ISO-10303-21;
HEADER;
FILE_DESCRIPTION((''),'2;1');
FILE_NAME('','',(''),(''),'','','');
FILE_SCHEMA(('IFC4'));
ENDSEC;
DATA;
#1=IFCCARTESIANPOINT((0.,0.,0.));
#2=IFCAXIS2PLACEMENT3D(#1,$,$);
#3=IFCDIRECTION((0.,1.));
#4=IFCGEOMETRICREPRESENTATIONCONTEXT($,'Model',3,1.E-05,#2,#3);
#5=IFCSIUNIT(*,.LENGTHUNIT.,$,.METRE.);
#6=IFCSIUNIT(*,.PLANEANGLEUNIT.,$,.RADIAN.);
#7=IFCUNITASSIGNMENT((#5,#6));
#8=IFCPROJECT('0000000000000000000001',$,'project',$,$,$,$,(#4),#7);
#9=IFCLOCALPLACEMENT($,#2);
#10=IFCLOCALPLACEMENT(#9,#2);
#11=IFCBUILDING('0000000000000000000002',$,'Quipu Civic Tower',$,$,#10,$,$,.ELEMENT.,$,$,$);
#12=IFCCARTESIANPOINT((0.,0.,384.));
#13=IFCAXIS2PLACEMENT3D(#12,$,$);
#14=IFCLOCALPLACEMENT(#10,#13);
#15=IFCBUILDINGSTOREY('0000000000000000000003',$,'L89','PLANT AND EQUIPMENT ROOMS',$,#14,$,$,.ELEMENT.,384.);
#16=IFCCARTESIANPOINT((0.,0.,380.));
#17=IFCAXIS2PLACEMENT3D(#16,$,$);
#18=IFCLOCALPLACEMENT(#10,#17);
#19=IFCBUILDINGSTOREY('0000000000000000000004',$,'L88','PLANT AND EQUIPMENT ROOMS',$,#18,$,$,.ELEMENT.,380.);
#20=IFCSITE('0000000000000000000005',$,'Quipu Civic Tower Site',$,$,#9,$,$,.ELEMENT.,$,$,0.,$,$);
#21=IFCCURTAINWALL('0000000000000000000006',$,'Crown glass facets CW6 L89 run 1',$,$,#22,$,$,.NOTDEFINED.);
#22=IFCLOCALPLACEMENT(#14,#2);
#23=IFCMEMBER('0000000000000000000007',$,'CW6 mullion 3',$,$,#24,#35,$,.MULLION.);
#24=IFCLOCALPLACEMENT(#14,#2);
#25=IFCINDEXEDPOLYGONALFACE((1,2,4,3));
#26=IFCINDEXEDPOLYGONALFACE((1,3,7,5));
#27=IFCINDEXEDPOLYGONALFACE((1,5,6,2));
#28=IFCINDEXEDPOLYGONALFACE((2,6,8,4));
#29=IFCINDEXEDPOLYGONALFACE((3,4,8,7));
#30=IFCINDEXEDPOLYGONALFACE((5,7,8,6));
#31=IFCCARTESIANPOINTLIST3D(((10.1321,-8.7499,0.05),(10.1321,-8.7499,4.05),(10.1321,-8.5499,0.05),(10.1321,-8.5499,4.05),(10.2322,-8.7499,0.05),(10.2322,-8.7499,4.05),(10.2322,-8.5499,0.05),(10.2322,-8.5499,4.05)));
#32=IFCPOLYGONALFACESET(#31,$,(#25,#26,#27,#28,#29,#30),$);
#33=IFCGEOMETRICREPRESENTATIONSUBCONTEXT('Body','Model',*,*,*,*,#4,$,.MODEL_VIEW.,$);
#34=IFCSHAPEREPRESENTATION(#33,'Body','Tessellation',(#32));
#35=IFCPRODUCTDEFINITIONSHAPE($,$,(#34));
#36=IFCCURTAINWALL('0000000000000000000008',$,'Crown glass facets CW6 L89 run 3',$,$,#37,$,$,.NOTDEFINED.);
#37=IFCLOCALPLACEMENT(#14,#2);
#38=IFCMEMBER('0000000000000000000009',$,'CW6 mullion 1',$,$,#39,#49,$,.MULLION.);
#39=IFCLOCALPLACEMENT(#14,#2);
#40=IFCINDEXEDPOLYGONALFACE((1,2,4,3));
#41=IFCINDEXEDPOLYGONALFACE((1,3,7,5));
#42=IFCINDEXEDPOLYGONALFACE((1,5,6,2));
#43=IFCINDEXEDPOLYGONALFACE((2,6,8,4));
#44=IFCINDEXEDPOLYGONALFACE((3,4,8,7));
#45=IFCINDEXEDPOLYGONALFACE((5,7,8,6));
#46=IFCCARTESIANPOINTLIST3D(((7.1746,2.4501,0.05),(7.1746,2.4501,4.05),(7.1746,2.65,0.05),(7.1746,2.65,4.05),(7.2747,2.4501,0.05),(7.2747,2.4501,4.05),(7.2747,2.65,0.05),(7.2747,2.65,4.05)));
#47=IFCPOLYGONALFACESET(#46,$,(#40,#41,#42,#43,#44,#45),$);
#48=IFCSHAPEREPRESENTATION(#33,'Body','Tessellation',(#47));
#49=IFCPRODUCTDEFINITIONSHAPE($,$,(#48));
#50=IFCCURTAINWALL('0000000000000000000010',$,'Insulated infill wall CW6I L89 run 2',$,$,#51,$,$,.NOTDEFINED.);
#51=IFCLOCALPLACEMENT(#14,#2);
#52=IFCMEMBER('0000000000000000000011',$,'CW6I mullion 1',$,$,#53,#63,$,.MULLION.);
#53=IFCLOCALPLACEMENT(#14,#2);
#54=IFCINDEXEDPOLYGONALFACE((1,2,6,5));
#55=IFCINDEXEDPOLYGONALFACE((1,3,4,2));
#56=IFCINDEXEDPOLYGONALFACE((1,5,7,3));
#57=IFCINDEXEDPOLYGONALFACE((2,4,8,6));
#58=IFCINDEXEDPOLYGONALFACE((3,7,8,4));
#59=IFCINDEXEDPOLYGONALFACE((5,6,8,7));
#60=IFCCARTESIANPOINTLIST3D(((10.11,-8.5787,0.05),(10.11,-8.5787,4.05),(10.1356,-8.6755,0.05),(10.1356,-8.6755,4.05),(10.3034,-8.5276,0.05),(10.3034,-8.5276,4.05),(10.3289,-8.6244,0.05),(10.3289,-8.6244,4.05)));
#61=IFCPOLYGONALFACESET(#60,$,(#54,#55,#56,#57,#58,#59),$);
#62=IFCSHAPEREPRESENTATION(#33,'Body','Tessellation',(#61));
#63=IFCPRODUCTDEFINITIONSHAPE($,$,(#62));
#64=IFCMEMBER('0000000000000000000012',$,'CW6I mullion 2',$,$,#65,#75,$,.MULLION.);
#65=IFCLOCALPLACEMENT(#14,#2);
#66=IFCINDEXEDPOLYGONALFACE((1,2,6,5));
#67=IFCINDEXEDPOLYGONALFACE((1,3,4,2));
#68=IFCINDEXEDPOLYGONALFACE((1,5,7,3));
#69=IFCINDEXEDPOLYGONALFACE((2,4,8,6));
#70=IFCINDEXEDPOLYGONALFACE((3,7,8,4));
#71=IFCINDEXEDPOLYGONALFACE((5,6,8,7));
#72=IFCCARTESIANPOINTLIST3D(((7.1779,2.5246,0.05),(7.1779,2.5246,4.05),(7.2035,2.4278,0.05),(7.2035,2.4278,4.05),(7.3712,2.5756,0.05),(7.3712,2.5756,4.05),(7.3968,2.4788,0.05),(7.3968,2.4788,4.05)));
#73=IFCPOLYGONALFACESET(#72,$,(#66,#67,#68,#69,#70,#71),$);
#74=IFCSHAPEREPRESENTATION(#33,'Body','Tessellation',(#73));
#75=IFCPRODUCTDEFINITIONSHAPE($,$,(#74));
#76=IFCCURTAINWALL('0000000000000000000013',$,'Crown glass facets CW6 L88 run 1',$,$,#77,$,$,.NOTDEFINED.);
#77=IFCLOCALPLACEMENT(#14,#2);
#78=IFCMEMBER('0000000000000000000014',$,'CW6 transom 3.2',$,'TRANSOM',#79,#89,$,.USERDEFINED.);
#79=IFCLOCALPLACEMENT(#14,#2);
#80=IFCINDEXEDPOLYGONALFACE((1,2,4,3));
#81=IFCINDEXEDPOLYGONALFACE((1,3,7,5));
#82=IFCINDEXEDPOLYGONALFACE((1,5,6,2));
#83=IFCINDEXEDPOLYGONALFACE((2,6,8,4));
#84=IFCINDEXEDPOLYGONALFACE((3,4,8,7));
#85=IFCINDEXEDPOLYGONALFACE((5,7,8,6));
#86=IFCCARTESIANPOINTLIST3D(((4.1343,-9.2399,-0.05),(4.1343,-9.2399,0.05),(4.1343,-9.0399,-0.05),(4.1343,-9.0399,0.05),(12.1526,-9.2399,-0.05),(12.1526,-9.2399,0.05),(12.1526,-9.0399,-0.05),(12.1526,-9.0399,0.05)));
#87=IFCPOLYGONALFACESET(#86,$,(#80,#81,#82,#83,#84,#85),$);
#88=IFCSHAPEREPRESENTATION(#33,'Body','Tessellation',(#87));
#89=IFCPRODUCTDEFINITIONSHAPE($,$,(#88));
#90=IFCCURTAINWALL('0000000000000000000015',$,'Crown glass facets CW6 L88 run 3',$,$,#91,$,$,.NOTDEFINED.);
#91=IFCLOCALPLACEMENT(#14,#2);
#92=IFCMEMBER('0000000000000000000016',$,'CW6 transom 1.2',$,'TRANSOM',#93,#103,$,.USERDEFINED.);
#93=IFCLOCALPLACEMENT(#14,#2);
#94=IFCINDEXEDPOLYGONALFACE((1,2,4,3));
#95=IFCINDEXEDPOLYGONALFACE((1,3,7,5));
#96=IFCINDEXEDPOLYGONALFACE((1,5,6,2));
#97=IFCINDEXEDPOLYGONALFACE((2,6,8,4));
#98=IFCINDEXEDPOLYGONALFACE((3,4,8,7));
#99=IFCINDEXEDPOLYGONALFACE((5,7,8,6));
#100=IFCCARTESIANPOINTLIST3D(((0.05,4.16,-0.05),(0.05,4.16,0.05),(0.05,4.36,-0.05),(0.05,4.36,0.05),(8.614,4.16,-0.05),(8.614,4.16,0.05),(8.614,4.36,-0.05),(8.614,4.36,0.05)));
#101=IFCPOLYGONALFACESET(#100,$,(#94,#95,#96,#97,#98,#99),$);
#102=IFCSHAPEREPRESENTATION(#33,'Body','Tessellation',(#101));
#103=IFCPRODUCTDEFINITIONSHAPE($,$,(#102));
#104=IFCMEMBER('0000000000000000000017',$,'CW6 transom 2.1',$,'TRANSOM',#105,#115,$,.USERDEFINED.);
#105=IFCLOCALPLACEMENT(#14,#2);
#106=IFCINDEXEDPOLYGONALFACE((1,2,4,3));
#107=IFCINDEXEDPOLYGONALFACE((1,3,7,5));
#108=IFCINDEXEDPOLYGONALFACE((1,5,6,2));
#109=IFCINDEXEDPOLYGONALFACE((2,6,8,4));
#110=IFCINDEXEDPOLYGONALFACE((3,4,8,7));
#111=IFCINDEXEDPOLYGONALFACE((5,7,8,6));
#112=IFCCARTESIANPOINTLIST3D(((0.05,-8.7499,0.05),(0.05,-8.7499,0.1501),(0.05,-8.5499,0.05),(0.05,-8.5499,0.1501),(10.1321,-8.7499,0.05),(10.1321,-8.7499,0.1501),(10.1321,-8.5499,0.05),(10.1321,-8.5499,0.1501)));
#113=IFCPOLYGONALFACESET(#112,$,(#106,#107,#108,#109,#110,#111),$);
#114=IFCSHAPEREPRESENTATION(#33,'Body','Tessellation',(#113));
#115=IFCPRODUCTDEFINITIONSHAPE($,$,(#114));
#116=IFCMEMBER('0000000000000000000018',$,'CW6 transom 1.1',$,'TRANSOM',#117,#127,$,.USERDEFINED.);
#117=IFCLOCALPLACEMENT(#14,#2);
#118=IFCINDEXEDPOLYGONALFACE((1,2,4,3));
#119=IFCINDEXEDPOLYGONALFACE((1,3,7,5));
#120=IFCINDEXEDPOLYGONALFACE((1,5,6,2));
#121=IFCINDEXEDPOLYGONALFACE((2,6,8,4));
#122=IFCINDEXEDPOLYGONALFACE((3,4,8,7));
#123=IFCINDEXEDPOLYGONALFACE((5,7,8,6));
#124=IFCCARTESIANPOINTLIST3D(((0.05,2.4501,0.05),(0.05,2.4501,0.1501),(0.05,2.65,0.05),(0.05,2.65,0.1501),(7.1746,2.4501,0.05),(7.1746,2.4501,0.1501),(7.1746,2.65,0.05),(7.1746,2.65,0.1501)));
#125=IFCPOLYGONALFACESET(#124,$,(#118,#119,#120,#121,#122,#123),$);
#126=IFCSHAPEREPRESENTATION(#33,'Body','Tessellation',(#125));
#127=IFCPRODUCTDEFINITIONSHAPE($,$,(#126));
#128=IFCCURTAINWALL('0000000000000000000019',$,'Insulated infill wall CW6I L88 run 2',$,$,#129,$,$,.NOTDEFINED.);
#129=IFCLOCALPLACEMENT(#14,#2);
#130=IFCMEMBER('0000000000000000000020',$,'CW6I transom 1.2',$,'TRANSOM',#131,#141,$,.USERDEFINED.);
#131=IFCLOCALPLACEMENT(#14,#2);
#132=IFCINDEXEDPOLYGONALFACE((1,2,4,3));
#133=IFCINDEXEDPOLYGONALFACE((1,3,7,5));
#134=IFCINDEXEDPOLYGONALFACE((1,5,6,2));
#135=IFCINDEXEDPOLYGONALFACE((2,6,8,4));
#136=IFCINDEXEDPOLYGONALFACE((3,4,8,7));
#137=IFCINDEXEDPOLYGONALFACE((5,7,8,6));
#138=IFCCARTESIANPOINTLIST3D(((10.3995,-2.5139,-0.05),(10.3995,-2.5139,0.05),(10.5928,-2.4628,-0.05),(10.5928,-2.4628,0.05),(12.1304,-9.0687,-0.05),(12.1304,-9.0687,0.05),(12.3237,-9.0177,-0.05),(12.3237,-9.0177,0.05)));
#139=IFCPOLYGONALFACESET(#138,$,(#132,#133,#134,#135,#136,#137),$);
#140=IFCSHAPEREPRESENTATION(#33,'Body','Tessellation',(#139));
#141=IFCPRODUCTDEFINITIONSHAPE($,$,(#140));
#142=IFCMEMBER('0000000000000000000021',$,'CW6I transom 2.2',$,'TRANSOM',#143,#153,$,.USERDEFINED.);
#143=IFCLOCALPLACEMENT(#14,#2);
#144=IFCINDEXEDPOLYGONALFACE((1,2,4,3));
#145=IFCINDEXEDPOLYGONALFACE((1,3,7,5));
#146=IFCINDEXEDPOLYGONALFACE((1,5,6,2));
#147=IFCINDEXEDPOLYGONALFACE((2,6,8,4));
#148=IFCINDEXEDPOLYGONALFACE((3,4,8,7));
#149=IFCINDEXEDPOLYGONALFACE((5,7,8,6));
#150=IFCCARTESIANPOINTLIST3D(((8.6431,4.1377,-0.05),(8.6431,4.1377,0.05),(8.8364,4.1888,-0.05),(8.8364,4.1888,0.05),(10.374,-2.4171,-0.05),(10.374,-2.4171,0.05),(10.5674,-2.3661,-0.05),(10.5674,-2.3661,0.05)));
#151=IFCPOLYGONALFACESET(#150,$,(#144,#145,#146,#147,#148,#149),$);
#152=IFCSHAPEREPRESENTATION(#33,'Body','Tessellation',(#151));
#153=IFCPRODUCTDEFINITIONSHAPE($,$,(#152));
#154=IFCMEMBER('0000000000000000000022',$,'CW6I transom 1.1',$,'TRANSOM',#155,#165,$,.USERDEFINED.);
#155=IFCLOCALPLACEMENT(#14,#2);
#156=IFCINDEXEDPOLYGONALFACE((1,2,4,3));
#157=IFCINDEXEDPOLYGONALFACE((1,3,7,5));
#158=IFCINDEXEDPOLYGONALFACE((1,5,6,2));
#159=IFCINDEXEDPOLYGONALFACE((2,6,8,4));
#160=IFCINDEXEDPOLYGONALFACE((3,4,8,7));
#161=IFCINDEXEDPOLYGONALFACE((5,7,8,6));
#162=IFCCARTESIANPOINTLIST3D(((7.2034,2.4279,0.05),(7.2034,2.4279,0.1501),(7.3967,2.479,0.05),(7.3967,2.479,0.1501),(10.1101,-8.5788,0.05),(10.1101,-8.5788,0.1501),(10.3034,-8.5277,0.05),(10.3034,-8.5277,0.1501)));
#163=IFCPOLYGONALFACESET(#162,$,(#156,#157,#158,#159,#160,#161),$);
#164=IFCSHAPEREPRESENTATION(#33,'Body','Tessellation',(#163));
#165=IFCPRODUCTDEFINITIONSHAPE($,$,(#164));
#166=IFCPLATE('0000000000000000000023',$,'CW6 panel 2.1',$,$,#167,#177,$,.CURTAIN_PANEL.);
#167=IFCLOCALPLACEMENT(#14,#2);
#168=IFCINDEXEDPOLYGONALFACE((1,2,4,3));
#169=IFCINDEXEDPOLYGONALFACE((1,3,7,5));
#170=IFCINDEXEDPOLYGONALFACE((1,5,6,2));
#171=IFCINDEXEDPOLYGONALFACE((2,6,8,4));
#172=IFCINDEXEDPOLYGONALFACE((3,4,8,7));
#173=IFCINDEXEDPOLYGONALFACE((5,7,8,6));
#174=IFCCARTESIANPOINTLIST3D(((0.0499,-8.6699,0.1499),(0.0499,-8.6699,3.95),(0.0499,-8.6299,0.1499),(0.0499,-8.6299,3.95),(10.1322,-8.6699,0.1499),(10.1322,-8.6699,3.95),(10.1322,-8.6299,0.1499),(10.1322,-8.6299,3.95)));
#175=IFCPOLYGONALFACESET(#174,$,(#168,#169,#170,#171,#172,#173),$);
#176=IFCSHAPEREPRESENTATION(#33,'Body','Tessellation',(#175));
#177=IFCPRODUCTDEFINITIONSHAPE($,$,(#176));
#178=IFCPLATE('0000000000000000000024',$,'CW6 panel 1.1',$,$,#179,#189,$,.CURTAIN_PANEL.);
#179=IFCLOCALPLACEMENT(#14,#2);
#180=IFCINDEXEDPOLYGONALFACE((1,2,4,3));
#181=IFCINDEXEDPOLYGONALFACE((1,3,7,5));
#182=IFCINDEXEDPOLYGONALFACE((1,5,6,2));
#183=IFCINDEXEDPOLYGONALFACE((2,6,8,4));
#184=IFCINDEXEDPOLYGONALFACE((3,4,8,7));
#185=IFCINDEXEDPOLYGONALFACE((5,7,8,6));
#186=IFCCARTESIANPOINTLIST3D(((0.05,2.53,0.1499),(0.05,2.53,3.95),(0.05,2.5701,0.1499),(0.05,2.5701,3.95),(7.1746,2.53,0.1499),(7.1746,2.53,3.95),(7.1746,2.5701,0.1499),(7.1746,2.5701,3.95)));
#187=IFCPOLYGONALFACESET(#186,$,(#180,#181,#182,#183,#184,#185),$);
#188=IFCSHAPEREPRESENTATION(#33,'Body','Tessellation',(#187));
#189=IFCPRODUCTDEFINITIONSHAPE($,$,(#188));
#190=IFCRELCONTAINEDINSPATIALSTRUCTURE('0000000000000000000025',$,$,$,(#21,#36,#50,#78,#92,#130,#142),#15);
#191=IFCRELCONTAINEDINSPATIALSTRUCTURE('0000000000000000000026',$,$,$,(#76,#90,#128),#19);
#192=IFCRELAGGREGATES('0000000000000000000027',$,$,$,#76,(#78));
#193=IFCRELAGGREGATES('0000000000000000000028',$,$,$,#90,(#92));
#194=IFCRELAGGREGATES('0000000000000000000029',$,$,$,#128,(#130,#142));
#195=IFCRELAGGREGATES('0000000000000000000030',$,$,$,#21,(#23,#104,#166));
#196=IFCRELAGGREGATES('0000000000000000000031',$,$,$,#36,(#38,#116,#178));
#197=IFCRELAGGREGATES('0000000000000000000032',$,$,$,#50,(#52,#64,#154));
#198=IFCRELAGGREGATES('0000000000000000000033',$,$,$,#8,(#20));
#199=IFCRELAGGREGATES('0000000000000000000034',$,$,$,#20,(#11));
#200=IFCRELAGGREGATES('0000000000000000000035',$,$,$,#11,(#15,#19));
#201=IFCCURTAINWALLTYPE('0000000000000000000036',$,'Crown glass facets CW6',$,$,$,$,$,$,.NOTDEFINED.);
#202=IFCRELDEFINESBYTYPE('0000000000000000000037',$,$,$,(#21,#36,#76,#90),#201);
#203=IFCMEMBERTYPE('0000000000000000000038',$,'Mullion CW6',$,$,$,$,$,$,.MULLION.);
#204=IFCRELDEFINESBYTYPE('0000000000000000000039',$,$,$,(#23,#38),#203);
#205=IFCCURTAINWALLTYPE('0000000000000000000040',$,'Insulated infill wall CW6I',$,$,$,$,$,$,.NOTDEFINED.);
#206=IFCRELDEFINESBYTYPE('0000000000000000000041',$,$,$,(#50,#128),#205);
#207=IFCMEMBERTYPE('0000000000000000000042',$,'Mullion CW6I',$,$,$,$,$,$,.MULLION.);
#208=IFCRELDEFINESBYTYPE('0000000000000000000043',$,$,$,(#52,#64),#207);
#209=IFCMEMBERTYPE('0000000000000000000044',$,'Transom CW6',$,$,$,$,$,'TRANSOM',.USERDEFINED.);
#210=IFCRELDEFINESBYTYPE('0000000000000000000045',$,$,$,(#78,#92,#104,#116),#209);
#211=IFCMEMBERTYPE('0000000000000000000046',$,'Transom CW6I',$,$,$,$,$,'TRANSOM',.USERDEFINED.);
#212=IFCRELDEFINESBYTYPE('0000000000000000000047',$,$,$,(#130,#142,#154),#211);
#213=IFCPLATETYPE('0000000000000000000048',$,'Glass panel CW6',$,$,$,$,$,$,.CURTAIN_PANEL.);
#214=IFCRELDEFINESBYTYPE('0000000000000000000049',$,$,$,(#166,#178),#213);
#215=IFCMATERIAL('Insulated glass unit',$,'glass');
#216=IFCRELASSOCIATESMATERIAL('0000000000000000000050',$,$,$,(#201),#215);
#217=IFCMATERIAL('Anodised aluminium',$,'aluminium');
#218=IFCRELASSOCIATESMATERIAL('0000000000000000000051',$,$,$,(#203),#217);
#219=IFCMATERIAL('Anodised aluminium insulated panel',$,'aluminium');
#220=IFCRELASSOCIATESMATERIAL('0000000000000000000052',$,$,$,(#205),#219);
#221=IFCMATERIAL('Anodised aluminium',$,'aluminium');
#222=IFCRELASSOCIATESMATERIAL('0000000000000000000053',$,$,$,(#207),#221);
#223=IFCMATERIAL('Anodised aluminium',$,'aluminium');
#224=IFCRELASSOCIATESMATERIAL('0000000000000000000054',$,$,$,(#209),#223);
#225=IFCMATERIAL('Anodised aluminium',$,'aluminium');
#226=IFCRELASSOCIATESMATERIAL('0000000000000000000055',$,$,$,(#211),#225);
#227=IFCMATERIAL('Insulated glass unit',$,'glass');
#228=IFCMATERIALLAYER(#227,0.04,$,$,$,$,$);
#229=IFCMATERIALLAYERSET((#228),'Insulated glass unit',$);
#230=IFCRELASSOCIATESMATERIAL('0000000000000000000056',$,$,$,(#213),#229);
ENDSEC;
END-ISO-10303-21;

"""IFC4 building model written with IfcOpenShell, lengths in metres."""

from ifc_helpers import new_model, si_unit, direction, frame, origin, origin_2d, place, context, subcontext, project, spatial, rectangle, extrude, material, layer, layer_set, material_profile, profile_set, type_object, element, aggregate, save


model = new_model("IFC4")

# Units and contexts
model_context = context("Model", 3, precision=1e-05, world=origin(), true_north=direction((0.0, 1.0)))
body_context = subcontext(model_context, "Body", "Model", "MODEL_VIEW")
ifc_project = project(units=[si_unit("LENGTHUNIT", "METRE"), si_unit("PLANEANGLEUNIT", "RADIAN")], contexts=[model_context])

# Site, building, storey
site_placement = place(None, origin())
site = spatial("IfcSite", under=ifc_project, at=site_placement, Name="Quipu Civic Tower Site", CompositionType="ELEMENT", RefElevation=0.0)
building_placement = place(site_placement, origin())
building = spatial("IfcBuilding", under=site, at=building_placement, Name="Quipu Civic Tower", CompositionType="ELEMENT")
storey_1_placement = place(building_placement, frame((0.0, 0.0, 384.0)))
storey_1 = spatial("IfcBuildingStorey", under=building, at=storey_1_placement, Name="L89", Description="PLANT AND EQUIPMENT ROOMS", CompositionType="ELEMENT", Elevation=384.0)

# Curtain walls, members
ifc_material_1 = material(Name="Insulated glass unit", Category="glass")
curtain_wall_type_1 = type_object("IfcCurtainWallType", Name="Crown glass facets CW6", PredefinedType="NOTDEFINED", material=ifc_material_1)
curtain_wall_1_placement = place(storey_1_placement, origin())
curtain_wall_1 = element("IfcCurtainWall", 1, at=curtain_wall_1_placement, inside=storey_1, type_object=curtain_wall_type_1, Name="Crown glass facets CW6 L89 run 1", PredefinedType="NOTDEFINED")
ifc_material_2 = material(Name="Anodised aluminium", Category="aluminium")
ifc_material_profile_1 = material_profile(ifc_material_2, rectangle(XDim=0.2, YDim=0.1001, at=origin_2d()), Name="RECT 200x100")
ifc_profile_set_1 = profile_set([ifc_material_profile_1], Name="Anodised aluminium")
member_type_1 = type_object("IfcMemberType", Name="Mullion CW6", PredefinedType="MULLION", material=ifc_profile_set_1)
member_1_placement = place(storey_1_placement, frame((10.1821, -8.6499, 0.05), z_axis=(0.0, 0.0, 1.0), x_axis=(0.0, 1.0, 0.0)))
member_1 = element("IfcMember", 2, at=member_1_placement, type_object=member_type_1, Name="CW6 mullion 3", PredefinedType="MULLION", context=body_context, shape_type="SweptSolid", body=[
    extrude(rectangle(XDim=0.2, YDim=0.1001, at=origin_2d()), origin(), (0.0, 0.0, 1.0), 4.0),
])
curtain_wall_2_placement = place(storey_1_placement, origin())
curtain_wall_2 = element("IfcCurtainWall", 3, at=curtain_wall_2_placement, inside=storey_1, type_object=curtain_wall_type_1, Name="Crown glass facets CW6 L89 run 3", PredefinedType="NOTDEFINED")
member_2_placement = place(storey_1_placement, frame((7.2246, 2.55, 0.05), z_axis=(0.0, 0.0, 1.0), x_axis=(0.0, -1.0, 0.0)))
member_2 = element("IfcMember", 4, at=member_2_placement, type_object=member_type_1, Name="CW6 mullion 1", PredefinedType="MULLION", context=body_context, shape_type="SweptSolid", body=[
    extrude(rectangle(XDim=0.2, YDim=0.1001, at=origin_2d()), origin(), (0.0, 0.0, 1.0), 4.0),
])

# Curtain wall, members
ifc_material_3 = material(Name="Anodised aluminium insulated panel", Category="aluminium")
curtain_wall_type_2 = type_object("IfcCurtainWallType", Name="Insulated infill wall CW6I", PredefinedType="NOTDEFINED", material=ifc_material_3)
curtain_wall_3_placement = place(storey_1_placement, origin())
curtain_wall_3 = element("IfcCurtainWall", 5, at=curtain_wall_3_placement, inside=storey_1, type_object=curtain_wall_type_2, Name="Insulated infill wall CW6I L89 run 2", PredefinedType="NOTDEFINED")
ifc_material_4 = material(Name="Anodised aluminium", Category="aluminium")
ifc_material_profile_2 = material_profile(ifc_material_4, rectangle(XDim=0.2, YDim=0.1001, at=origin_2d()), Name="RECT 200x100")
ifc_profile_set_2 = profile_set([ifc_material_profile_2], Name="Anodised aluminium")
member_type_2 = type_object("IfcMemberType", Name="Mullion CW6I", PredefinedType="MULLION", material=ifc_profile_set_2)
member_3_placement = place(storey_1_placement, frame((10.2195, -8.6016, 0.05), z_axis=(0.0, 0.0, 1.0), x_axis=(-0.966857, -0.255319, 0.0)))
member_3 = element("IfcMember", 6, at=member_3_placement, type_object=member_type_2, Name="CW6I mullion 1", PredefinedType="MULLION", context=body_context, shape_type="SweptSolid", body=[
    extrude(rectangle(XDim=0.2, YDim=0.1001, at=origin_2d()), origin(), (0.0, 0.0, 1.0), 4.0),
])
member_4_placement = place(storey_1_placement, frame((7.2874, 2.5017, 0.05), z_axis=(0.0, 0.0, 1.0), x_axis=(-0.966857, -0.255319, 0.0)))
member_4 = element("IfcMember", 7, at=member_4_placement, type_object=member_type_2, Name="CW6I mullion 2", PredefinedType="MULLION", context=body_context, shape_type="SweptSolid", body=[
    extrude(rectangle(XDim=0.2, YDim=0.1001, at=origin_2d()), origin(), (0.0, 0.0, 1.0), 4.0),
])

# Shared definitions
storey_2_placement = place(building_placement, frame((0.0, 0.0, 380.0)))
storey_2 = spatial("IfcBuildingStorey", under=building, at=storey_2_placement, Name="L88", Description="PLANT AND EQUIPMENT ROOMS", CompositionType="ELEMENT", Elevation=380.0)

# Curtain walls, members
curtain_wall_4_placement = place(storey_2_placement, origin())
curtain_wall_4 = element("IfcCurtainWall", 8, at=curtain_wall_4_placement, inside=storey_2, type_object=curtain_wall_type_1, Name="Crown glass facets CW6 L88 run 1", PredefinedType="NOTDEFINED")
ifc_material_5 = material(Name="Anodised aluminium", Category="aluminium")
ifc_material_profile_3 = material_profile(ifc_material_5, rectangle(XDim=0.2, YDim=0.1001, at=origin_2d()), Name="RECT 200x100")
ifc_profile_set_3 = profile_set([ifc_material_profile_3], Name="Anodised aluminium")
member_type_3 = type_object("IfcMemberType", Name="Transom CW6", ElementType="TRANSOM", PredefinedType="USERDEFINED", material=ifc_profile_set_3)
member_5_placement = place(storey_1_placement, frame((4.1343, -9.1399, 0.0), z_axis=(1.0, 0.0, 0.0), x_axis=(0.0, 1.0, 0.0)))
member_5 = element("IfcMember", 9, at=member_5_placement, inside=storey_1, type_object=member_type_3, Name="CW6 transom 3.2", ObjectType="TRANSOM", PredefinedType="USERDEFINED", context=body_context, shape_type="SweptSolid", body=[
    extrude(rectangle(XDim=0.2, YDim=0.1001, at=origin_2d()), origin(), (0.0, 0.0, 1.0), 8.0183),
])
aggregate(curtain_wall_4, [member_5])
curtain_wall_5_placement = place(storey_2_placement, origin())
curtain_wall_5 = element("IfcCurtainWall", 10, at=curtain_wall_5_placement, inside=storey_2, type_object=curtain_wall_type_1, Name="Crown glass facets CW6 L88 run 3", PredefinedType="NOTDEFINED")
member_6_placement = place(storey_1_placement, frame((8.614, 4.26, 0.0), z_axis=(-1.0, 0.0, 0.0), x_axis=(0.0, -1.0, 0.0)))
member_6 = element("IfcMember", 11, at=member_6_placement, inside=storey_1, type_object=member_type_3, Name="CW6 transom 1.2", ObjectType="TRANSOM", PredefinedType="USERDEFINED", context=body_context, shape_type="SweptSolid", body=[
    extrude(rectangle(XDim=0.2, YDim=0.1001, at=origin_2d()), origin(), (0.0, 0.0, 1.0), 8.564),
])
aggregate(curtain_wall_5, [member_6])

# Members
member_7_placement = place(storey_1_placement, frame((0.05, -8.6499, 0.1001), z_axis=(1.0, 0.0, 0.0), x_axis=(0.0, 1.0, 0.0)))
member_7 = element("IfcMember", 12, at=member_7_placement, type_object=member_type_3, Name="CW6 transom 2.1", ObjectType="TRANSOM", PredefinedType="USERDEFINED", context=body_context, shape_type="SweptSolid", body=[
    extrude(rectangle(XDim=0.2, YDim=0.1001, at=origin_2d()), origin(), (0.0, 0.0, 1.0), 10.082),
])
member_8_placement = place(storey_1_placement, frame((7.1746, 2.55, 0.1001), z_axis=(-1.0, 0.0, 0.0), x_axis=(0.0, -1.0, 0.0)))
member_8 = element("IfcMember", 13, at=member_8_placement, type_object=member_type_3, Name="CW6 transom 1.1", ObjectType="TRANSOM", PredefinedType="USERDEFINED", context=body_context, shape_type="SweptSolid", body=[
    extrude(rectangle(XDim=0.2, YDim=0.1001, at=origin_2d()), origin(), (0.0, 0.0, 1.0), 7.1245),
])

# Curtain wall, members
curtain_wall_6_placement = place(storey_2_placement, origin())
curtain_wall_6 = element("IfcCurtainWall", 14, at=curtain_wall_6_placement, inside=storey_2, type_object=curtain_wall_type_2, Name="Insulated infill wall CW6I L88 run 2", PredefinedType="NOTDEFINED")
ifc_material_6 = material(Name="Anodised aluminium", Category="aluminium")
ifc_material_profile_4 = material_profile(ifc_material_6, rectangle(XDim=0.2, YDim=0.1001, at=origin_2d()), Name="RECT 200x100")
ifc_profile_set_4 = profile_set([ifc_material_profile_4], Name="Anodised aluminium")
member_type_4 = type_object("IfcMemberType", Name="Transom CW6I", ElementType="TRANSOM", PredefinedType="USERDEFINED", material=ifc_profile_set_4)
member_9_placement = place(storey_1_placement, frame((12.2271, -9.0432, 0.0), z_axis=(-0.255317, 0.966857, 0.0), x_axis=(-0.966857, -0.255317, 0.0)))
member_9 = element("IfcMember", 15, at=member_9_placement, inside=storey_1, type_object=member_type_4, Name="CW6I transom 1.2", ObjectType="TRANSOM", PredefinedType="USERDEFINED", context=body_context, shape_type="SweptSolid", body=[
    extrude(rectangle(XDim=0.2, YDim=0.1001, at=origin_2d()), origin(), (0.0, 0.0, 1.0), 6.7795),
])
member_10_placement = place(storey_1_placement, frame((10.4707, -2.3916, 0.0), z_axis=(-0.255317, 0.966857, 0.0), x_axis=(-0.966857, -0.255317, 0.0)))
member_10 = element("IfcMember", 16, at=member_10_placement, inside=storey_1, type_object=member_type_4, Name="CW6I transom 2.2", ObjectType="TRANSOM", PredefinedType="USERDEFINED", context=body_context, shape_type="SweptSolid", body=[
    extrude(rectangle(XDim=0.2, YDim=0.1001, at=origin_2d()), origin(), (0.0, 0.0, 1.0), 6.7795),
])
aggregate(curtain_wall_6, [member_9, member_10])

# Member
member_11_placement = place(storey_1_placement, frame((10.2068, -8.5532, 0.1001), z_axis=(-0.255337, 0.966852, 0.0), x_axis=(-0.966852, -0.255337, 0.0)))
member_11 = element("IfcMember", 17, at=member_11_placement, type_object=member_type_4, Name="CW6I transom 1.1", ObjectType="TRANSOM", PredefinedType="USERDEFINED", context=body_context, shape_type="SweptSolid", body=[
    extrude(rectangle(XDim=0.2, YDim=0.1001, at=origin_2d()), origin(), (0.0, 0.0, 1.0), 11.384),
])

# Plates
ifc_material_7 = material(Name="Insulated glass unit", Category="glass")
ifc_layer_1 = layer(ifc_material_7, 0.04)
ifc_layer_set_1 = layer_set([ifc_layer_1], Name="Insulated glass unit")
plate_type_1 = type_object("IfcPlateType", Name="Glass panel CW6", PredefinedType="CURTAIN_PANEL", material=ifc_layer_set_1)
plate_1_placement = place(storey_1_placement, frame((5.0911, -8.6499, 0.1499), z_axis=(0.0, 0.0, 1.0), x_axis=(1.0, 0.0, 0.0)))
plate_1 = element("IfcPlate", 18, at=plate_1_placement, type_object=plate_type_1, Name="CW6 panel 2.1", PredefinedType="CURTAIN_PANEL", context=body_context, shape_type="SweptSolid", body=[
    extrude(rectangle(XDim=10.0823, YDim=0.04, at=origin_2d()), origin(), (0.0, 0.0, 1.0), 3.8),
])
aggregate(curtain_wall_1, [member_1, member_7, plate_1])
plate_2_placement = place(storey_1_placement, frame((3.6123, 2.55, 0.1499), z_axis=(0.0, 0.0, 1.0), x_axis=(-1.0, 0.0, 0.0)))
plate_2 = element("IfcPlate", 19, at=plate_2_placement, type_object=plate_type_1, Name="CW6 panel 1.1", PredefinedType="CURTAIN_PANEL", context=body_context, shape_type="SweptSolid", body=[
    extrude(rectangle(XDim=7.1245, YDim=0.04, at=origin_2d()), origin(), (0.0, 0.0, 1.0), 3.8),
])
aggregate(curtain_wall_2, [member_2, member_8, plate_2])
aggregate(curtain_wall_3, [member_3, member_4, member_11])

save(model, "model.ifc")
